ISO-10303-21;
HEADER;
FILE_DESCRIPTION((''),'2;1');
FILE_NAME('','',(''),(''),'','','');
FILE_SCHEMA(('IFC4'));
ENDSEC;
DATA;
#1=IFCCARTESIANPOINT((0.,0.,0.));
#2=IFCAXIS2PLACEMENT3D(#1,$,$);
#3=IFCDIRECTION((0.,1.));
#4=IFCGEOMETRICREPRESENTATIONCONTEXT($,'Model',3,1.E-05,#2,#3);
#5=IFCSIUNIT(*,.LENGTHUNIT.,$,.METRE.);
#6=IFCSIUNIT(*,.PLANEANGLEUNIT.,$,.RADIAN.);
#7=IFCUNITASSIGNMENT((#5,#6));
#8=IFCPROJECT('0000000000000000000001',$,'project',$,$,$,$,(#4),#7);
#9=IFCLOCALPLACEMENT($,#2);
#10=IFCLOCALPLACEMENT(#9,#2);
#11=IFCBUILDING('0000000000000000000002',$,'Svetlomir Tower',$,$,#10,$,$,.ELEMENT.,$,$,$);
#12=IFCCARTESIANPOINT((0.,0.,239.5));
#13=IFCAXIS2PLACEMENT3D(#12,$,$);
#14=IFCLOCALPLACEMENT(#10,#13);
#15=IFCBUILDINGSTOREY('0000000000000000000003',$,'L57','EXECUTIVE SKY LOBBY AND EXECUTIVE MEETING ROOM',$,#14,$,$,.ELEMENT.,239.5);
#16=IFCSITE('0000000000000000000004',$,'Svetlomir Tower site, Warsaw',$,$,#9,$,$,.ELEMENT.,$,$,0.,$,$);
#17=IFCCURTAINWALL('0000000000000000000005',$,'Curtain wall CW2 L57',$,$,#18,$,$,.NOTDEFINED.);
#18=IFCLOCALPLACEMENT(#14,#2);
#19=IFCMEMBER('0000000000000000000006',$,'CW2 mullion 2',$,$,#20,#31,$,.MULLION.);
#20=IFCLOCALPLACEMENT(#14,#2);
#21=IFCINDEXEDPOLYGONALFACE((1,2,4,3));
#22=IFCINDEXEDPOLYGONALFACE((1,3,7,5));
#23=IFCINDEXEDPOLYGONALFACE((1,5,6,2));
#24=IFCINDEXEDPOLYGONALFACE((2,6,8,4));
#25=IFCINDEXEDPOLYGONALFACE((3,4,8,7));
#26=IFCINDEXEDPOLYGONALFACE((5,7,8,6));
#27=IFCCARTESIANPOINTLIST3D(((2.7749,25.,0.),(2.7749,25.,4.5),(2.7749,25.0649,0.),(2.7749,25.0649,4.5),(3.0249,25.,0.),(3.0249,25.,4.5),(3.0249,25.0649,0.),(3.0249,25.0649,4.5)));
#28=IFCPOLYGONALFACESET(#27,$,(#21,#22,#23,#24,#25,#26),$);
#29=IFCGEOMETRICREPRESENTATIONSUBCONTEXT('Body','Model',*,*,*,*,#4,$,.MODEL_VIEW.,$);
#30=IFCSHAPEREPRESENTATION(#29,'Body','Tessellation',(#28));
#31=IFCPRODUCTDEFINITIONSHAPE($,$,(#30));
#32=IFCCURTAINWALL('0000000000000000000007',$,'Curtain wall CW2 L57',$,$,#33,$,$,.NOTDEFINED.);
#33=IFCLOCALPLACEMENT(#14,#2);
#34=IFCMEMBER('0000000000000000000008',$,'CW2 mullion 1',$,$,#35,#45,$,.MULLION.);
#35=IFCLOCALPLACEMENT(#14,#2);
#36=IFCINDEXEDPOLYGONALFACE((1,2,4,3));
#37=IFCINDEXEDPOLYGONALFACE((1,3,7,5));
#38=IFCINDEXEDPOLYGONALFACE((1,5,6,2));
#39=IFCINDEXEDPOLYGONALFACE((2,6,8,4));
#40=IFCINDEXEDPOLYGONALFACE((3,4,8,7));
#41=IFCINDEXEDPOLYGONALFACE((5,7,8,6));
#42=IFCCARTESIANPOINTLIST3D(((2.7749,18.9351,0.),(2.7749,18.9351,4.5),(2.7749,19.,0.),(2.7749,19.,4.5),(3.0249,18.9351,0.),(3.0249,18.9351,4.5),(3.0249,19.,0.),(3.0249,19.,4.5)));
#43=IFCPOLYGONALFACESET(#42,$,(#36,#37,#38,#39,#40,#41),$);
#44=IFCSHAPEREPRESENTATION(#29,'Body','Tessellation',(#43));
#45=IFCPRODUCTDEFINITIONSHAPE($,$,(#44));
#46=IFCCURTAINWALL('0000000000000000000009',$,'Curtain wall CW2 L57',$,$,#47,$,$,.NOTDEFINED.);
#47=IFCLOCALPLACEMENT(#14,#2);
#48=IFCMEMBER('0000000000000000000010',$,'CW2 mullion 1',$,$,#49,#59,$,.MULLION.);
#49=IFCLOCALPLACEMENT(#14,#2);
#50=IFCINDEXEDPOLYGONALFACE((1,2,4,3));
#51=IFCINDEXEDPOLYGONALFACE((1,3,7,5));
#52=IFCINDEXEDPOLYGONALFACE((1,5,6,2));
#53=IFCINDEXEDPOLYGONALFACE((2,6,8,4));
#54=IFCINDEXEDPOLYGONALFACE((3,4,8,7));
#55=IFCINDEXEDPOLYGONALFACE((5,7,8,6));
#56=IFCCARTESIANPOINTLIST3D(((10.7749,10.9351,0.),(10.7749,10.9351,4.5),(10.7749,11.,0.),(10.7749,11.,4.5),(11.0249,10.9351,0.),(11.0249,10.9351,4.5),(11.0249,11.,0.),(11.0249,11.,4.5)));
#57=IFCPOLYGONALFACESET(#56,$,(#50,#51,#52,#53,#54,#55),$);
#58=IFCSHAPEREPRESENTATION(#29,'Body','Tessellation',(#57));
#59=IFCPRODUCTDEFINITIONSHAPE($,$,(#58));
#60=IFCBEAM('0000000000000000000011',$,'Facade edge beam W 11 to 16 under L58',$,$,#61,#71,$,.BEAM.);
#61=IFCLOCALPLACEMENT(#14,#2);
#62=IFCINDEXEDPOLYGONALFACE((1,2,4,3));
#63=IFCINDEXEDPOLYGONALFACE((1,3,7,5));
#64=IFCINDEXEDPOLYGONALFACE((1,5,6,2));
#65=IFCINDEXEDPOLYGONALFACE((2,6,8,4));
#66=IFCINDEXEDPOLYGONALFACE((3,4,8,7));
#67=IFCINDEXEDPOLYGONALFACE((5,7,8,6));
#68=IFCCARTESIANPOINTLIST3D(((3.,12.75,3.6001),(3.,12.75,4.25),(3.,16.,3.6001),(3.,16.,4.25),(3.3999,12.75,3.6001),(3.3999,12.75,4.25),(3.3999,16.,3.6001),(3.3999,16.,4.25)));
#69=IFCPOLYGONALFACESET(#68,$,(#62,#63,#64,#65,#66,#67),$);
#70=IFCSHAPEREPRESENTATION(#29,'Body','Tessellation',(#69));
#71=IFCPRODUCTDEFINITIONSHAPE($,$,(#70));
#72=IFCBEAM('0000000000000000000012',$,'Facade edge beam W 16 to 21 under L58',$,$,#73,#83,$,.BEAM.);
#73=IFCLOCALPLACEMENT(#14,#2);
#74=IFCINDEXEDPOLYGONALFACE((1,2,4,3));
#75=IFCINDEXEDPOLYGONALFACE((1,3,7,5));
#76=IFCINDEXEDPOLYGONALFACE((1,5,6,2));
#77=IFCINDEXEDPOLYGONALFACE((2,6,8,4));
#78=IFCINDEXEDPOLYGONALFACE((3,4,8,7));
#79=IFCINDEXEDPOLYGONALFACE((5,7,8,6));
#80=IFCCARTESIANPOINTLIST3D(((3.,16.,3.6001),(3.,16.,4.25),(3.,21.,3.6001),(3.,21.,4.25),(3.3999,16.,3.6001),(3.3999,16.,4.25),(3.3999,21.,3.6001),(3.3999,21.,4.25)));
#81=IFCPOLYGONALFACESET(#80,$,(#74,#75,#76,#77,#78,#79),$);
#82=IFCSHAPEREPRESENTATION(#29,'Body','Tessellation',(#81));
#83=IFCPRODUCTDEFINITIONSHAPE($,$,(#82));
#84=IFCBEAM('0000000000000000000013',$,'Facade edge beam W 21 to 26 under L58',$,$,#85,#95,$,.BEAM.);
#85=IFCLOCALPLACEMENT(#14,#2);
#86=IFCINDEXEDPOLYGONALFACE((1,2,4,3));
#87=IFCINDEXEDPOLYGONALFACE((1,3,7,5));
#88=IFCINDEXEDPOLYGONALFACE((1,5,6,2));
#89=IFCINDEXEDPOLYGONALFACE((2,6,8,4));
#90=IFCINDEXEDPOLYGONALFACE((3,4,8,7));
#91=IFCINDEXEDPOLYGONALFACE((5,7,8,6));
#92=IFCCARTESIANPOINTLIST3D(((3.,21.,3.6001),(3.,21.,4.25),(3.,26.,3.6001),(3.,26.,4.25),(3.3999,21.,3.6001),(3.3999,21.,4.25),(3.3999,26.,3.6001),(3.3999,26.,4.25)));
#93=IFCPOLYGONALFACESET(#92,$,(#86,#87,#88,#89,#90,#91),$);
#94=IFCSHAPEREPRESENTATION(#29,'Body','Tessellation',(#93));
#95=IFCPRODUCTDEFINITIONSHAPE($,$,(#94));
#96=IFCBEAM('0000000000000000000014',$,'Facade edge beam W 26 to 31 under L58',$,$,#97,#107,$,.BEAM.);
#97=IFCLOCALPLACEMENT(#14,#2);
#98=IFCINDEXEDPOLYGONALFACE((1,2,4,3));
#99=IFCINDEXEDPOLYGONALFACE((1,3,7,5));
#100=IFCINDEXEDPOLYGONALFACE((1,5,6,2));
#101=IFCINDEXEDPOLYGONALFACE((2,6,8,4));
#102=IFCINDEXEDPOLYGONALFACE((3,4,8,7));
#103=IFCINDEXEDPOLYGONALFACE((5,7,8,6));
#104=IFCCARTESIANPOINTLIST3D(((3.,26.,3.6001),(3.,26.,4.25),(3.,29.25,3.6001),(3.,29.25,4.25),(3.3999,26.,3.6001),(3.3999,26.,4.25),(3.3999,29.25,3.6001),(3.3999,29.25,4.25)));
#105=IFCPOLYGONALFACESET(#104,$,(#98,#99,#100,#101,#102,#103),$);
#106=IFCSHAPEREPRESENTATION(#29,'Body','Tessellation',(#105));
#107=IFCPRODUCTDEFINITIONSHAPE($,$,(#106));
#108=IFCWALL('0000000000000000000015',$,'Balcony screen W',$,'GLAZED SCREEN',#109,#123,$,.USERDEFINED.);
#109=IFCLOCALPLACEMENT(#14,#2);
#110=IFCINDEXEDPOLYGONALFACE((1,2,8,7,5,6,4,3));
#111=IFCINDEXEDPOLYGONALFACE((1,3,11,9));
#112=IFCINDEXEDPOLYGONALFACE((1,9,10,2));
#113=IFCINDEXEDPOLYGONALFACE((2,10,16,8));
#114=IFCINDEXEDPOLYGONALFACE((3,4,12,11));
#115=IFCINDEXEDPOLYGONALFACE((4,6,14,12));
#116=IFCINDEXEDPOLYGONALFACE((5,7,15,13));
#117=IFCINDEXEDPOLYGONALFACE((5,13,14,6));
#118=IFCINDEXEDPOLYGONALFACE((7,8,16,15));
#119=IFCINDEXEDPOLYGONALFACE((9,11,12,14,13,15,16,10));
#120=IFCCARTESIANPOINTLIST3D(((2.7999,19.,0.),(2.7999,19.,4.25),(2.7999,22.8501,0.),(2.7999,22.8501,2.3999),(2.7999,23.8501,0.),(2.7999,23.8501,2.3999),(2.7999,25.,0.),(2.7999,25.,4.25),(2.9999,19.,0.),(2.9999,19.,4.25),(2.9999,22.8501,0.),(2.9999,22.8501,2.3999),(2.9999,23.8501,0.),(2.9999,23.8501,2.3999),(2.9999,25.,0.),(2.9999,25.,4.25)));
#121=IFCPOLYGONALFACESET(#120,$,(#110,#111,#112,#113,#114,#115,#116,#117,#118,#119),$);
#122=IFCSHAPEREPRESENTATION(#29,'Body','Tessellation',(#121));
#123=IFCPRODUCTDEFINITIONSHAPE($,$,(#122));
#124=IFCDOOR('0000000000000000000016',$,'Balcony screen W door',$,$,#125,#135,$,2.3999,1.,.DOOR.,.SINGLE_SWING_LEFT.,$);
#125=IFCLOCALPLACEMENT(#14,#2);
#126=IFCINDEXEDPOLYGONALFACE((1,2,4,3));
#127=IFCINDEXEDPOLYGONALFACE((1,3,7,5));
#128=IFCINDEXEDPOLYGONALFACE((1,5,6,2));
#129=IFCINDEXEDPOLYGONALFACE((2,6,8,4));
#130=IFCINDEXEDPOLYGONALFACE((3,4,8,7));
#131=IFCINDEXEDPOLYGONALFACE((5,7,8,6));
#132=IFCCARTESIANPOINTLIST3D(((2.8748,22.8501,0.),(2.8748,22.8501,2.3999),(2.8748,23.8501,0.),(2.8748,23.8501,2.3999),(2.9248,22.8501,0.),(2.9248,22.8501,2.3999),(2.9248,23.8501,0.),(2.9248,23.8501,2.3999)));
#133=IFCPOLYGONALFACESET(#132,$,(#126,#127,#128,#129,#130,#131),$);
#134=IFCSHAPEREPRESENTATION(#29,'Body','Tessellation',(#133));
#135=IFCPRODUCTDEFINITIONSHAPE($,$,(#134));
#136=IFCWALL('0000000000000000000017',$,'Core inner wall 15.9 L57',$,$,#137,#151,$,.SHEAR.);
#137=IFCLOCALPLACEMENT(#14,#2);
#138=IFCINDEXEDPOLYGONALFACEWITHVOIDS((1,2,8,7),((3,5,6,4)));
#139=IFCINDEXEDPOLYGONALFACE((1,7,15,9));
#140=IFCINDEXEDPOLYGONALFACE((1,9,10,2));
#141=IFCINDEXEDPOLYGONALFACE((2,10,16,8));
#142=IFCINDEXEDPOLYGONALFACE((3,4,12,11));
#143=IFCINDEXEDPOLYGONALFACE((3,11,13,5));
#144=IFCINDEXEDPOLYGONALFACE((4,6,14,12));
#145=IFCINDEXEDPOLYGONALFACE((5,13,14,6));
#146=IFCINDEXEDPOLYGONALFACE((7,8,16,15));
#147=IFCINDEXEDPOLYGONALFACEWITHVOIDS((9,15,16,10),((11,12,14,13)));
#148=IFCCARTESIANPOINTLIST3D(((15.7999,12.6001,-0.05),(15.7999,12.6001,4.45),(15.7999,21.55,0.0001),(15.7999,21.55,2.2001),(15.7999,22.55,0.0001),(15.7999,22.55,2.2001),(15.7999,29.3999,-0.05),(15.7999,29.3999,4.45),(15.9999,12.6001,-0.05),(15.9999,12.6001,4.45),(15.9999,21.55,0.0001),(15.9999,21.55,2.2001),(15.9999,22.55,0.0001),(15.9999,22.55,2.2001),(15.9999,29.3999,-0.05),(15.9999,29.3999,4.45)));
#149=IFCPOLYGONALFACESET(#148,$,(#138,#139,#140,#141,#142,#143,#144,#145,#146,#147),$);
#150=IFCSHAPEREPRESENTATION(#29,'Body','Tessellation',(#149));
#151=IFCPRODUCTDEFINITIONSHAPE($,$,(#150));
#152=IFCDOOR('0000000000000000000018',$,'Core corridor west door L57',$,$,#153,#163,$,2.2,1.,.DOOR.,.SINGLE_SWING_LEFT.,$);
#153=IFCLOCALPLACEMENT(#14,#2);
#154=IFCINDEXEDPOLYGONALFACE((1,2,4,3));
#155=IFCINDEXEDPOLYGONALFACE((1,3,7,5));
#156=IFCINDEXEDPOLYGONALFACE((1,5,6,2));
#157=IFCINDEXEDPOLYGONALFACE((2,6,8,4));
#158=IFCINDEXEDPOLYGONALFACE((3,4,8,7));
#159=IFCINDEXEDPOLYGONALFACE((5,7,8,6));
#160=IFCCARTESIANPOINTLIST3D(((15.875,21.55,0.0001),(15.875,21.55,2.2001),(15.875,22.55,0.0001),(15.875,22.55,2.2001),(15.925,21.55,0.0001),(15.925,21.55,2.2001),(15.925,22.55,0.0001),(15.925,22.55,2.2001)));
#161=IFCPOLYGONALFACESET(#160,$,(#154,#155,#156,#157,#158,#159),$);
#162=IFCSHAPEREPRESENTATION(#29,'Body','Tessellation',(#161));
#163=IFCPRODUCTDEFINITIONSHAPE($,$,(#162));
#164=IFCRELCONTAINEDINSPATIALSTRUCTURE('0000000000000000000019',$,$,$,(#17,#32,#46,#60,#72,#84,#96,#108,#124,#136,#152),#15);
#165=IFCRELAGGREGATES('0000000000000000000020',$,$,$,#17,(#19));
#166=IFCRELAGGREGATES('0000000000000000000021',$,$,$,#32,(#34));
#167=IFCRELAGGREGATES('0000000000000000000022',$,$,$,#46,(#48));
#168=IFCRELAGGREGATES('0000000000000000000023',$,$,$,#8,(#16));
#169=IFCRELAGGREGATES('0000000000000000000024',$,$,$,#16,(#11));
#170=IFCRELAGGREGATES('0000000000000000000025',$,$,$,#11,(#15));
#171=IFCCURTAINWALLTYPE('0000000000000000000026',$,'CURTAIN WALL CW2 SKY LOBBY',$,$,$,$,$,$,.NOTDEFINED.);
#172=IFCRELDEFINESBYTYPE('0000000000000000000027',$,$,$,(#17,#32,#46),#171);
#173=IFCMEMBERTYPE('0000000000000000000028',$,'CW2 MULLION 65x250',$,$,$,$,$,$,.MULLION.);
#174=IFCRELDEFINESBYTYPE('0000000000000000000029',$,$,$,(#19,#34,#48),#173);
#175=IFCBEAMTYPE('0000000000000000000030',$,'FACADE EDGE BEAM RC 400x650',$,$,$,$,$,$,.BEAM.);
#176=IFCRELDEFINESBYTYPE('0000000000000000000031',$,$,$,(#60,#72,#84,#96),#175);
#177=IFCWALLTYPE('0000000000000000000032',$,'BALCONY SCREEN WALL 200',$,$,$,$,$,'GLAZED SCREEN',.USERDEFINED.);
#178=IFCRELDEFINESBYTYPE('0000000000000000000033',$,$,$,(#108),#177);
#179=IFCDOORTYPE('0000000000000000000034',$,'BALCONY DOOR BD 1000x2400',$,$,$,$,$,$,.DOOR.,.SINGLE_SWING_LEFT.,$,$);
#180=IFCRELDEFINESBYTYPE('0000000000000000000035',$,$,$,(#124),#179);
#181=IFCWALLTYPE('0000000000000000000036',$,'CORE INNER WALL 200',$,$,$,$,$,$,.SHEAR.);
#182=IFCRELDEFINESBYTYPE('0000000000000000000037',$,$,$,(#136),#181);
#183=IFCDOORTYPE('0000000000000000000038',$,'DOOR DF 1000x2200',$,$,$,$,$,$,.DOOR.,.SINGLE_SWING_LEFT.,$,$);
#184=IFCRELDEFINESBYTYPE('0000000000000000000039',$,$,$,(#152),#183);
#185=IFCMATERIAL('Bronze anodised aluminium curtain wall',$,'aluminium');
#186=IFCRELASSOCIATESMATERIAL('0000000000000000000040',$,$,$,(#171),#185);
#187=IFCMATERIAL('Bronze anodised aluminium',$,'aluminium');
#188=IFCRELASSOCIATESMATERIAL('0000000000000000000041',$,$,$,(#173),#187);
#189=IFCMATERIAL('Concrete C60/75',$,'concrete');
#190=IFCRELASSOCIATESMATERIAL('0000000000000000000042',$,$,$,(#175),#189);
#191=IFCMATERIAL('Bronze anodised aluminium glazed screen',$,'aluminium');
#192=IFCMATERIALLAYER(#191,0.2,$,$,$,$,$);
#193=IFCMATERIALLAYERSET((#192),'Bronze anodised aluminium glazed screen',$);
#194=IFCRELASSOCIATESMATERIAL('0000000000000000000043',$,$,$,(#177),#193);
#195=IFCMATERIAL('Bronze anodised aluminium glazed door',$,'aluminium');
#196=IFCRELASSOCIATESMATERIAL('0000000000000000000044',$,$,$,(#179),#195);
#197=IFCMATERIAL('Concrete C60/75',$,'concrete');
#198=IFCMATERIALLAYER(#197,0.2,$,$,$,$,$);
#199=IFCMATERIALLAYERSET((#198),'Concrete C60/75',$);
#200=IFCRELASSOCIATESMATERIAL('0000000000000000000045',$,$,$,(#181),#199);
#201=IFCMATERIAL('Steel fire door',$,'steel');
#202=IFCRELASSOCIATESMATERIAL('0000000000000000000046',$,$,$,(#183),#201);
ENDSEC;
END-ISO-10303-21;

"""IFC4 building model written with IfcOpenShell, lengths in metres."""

from ifc_helpers import new_model, si_unit, direction, frame, frame_2d, origin, origin_2d, place, context, subcontext, project, spatial, rectangle, extrude, material, layer, layer_set, material_profile, profile_set, type_object, element, fill, aggregate, save


model = new_model("IFC4")

# Units and contexts
model_context = context("Model", 3, precision=1e-05, world=origin(), true_north=direction((0.0, 1.0)))
body_context = subcontext(model_context, "Body", "Model", "MODEL_VIEW")
ifc_project = project(units=[si_unit("LENGTHUNIT", "METRE"), si_unit("PLANEANGLEUNIT", "RADIAN")], contexts=[model_context])

# Site, building, storey
site_placement = place(None, origin())
site = spatial("IfcSite", under=ifc_project, at=site_placement, Name="Svetlomir Tower site, Warsaw", CompositionType="ELEMENT", RefElevation=0.0)
building_placement = place(site_placement, origin())
building = spatial("IfcBuilding", under=site, at=building_placement, Name="Svetlomir Tower", CompositionType="ELEMENT")
storey_placement = place(building_placement, frame((0.0, 0.0, 239.5)))
storey = spatial("IfcBuildingStorey", under=building, at=storey_placement, Name="L57", Description="EXECUTIVE SKY LOBBY AND EXECUTIVE MEETING ROOM", CompositionType="ELEMENT", Elevation=239.5)

# Curtain walls, members
ifc_material_1 = material(Name="Bronze anodised aluminium curtain wall", Category="aluminium")
curtain_wall_type = type_object("IfcCurtainWallType", Name="CURTAIN WALL CW2 SKY LOBBY", PredefinedType="NOTDEFINED", material=ifc_material_1)
curtain_wall_1_placement = place(storey_placement, origin())
curtain_wall_1 = element("IfcCurtainWall", 1, at=curtain_wall_1_placement, inside=storey, type_object=curtain_wall_type, Name="Curtain wall CW2 L57", PredefinedType="NOTDEFINED")
ifc_material_2 = material(Name="Bronze anodised aluminium", Category="aluminium")
ifc_material_profile_1 = material_profile(ifc_material_2, rectangle(XDim=0.0649, YDim=0.25, at=origin_2d()), Name="AL 65x250")
ifc_profile_set_1 = profile_set([ifc_material_profile_1], Name="Bronze anodised aluminium 6063-T6")
member_type = type_object("IfcMemberType", Name="CW2 MULLION 65x250", PredefinedType="MULLION", material=ifc_profile_set_1)
member_1_placement = place(storey_placement, frame((2.8999, 25.0325, 0.0), z_axis=(0.0, 0.0, 1.0), x_axis=(0.0, -1.0, 0.0)))
member_1 = element("IfcMember", 2, at=member_1_placement, type_object=member_type, Name="CW2 mullion 2", PredefinedType="MULLION", context=body_context, shape_type="SweptSolid", body=[
    extrude(rectangle(XDim=0.0649, YDim=0.25, at=origin_2d()), origin(), (0.0, 0.0, 1.0), 4.5),
])
aggregate(curtain_wall_1, [member_1])
curtain_wall_2_placement = place(storey_placement, origin())
curtain_wall_2 = element("IfcCurtainWall", 3, at=curtain_wall_2_placement, inside=storey, type_object=curtain_wall_type, Name="Curtain wall CW2 L57", PredefinedType="NOTDEFINED")
member_2_placement = place(storey_placement, frame((2.8999, 18.9675, 0.0), z_axis=(0.0, 0.0, 1.0), x_axis=(0.0, -1.0, 0.0)))
member_2 = element("IfcMember", 4, at=member_2_placement, type_object=member_type, Name="CW2 mullion 1", PredefinedType="MULLION", context=body_context, shape_type="SweptSolid", body=[
    extrude(rectangle(XDim=0.0649, YDim=0.25, at=origin_2d()), origin(), (0.0, 0.0, 1.0), 4.5),
])
aggregate(curtain_wall_2, [member_2])
curtain_wall_3_placement = place(storey_placement, origin())
curtain_wall_3 = element("IfcCurtainWall", 5, at=curtain_wall_3_placement, inside=storey, type_object=curtain_wall_type, Name="Curtain wall CW2 L57", PredefinedType="NOTDEFINED")
member_3_placement = place(storey_placement, frame((10.8999, 10.9675, 0.0), z_axis=(0.0, 0.0, 1.0), x_axis=(0.0, -1.0, 0.0)))
member_3 = element("IfcMember", 6, at=member_3_placement, type_object=member_type, Name="CW2 mullion 1", PredefinedType="MULLION", context=body_context, shape_type="SweptSolid", body=[
    extrude(rectangle(XDim=0.0649, YDim=0.25, at=origin_2d()), origin(), (0.0, 0.0, 1.0), 4.5),
])
aggregate(curtain_wall_3, [member_3])

# Beams
ifc_material_3 = material(Name="Concrete C60/75", Category="concrete")
ifc_material_profile_2 = material_profile(ifc_material_3, rectangle(XDim=0.3999, YDim=0.6499, at=origin_2d()), Name="RC 400x650")
ifc_profile_set_2 = profile_set([ifc_material_profile_2], Name="Concrete C60/75")
beam_type = type_object("IfcBeamType", Name="FACADE EDGE BEAM RC 400x650", PredefinedType="BEAM", material=ifc_profile_set_2)
beam_1_placement = place(storey_placement, frame((3.2, 12.75, 3.925), z_axis=(0.0, 1.0, 0.0), x_axis=(-1.0, 0.0, 0.0)))
element("IfcBeam", 7, at=beam_1_placement, inside=storey, type_object=beam_type, Name="Facade edge beam W 11 to 16 under L58", PredefinedType="BEAM", context=body_context, shape_type="SweptSolid", body=[
    extrude(rectangle(XDim=0.3999, YDim=0.6499, at=origin_2d()), origin(), (0.0, 0.0, 1.0), 3.25),
])
for number, where, z_axis, x_axis, name in (
    (8, (3.2, 16.0, 3.925), (0.0, 1.0, 0.0), (-1.0, 0.0, 0.0), "Facade edge beam W 16 to 21 under L58"),
    (9, (3.2, 21.0, 3.925), (0.0, 1.0, 0.0), (-1.0, 0.0, 0.0), "Facade edge beam W 21 to 26 under L58"),
):
    element("IfcBeam", number, at=place(storey_placement, frame(where, z_axis=z_axis, x_axis=x_axis)), inside=storey, type_object=beam_type, Name=name, PredefinedType="BEAM", context=body_context, shape_type="SweptSolid", body=[
        extrude(rectangle(XDim=0.3999, YDim=0.6499, at=origin_2d()), origin(), (0.0, 0.0, 1.0), 5.0),
    ])
beam_2_placement = place(storey_placement, frame((3.2, 26.0, 3.925), z_axis=(0.0, 1.0, 0.0), x_axis=(-1.0, 0.0, 0.0)))
element("IfcBeam", 10, at=beam_2_placement, inside=storey, type_object=beam_type, Name="Facade edge beam W 26 to 31 under L58", PredefinedType="BEAM", context=body_context, shape_type="SweptSolid", body=[
    extrude(rectangle(XDim=0.3999, YDim=0.6499, at=origin_2d()), origin(), (0.0, 0.0, 1.0), 3.25),
])

# Walls, openings, doors
ifc_material_4 = material(Name="Bronze anodised aluminium glazed screen", Category="aluminium")
ifc_layer_1 = layer(ifc_material_4, 0.2)
ifc_layer_set_1 = layer_set([ifc_layer_1], Name="Bronze anodised aluminium glazed screen")
wall_type_1 = type_object("IfcWallType", Name="BALCONY SCREEN WALL 200", ElementType="GLAZED SCREEN", PredefinedType="USERDEFINED", material=ifc_layer_set_1)
wall_1_placement = place(storey_placement, frame((2.8999, 25.0, 0.0), z_axis=(0.0, 0.0, 1.0), x_axis=(0.0, -1.0, 0.0)))
wall_1 = element("IfcWall", 11, at=wall_1_placement, inside=storey, type_object=wall_type_1, Name="Balcony screen W", ObjectType="GLAZED SCREEN", PredefinedType="USERDEFINED", context=body_context, shape_type="SweptSolid", body=[
    extrude(rectangle(XDim=6.0, YDim=0.2, at=frame_2d((3.0, 0.0))), origin(), (0.0, 0.0, 1.0), 4.25),
])
opening_1_placement = place(wall_1_placement, frame((1.1499, 0.0, 0.0)))
opening_1 = element("IfcOpeningElement", 12, at=opening_1_placement, cuts=wall_1, PredefinedType="OPENING", context=body_context, shape_type="SweptSolid", body=[
    extrude(rectangle(XDim=1.0, YDim=2.3999, at=frame_2d((0.5, 1.2))), frame((0.0, 0.1099, 0.0), z_axis=(0.0, -1.0, 0.0), x_axis=(1.0, 0.0, 0.0)), (0.0, 0.0, 1.0), 0.22),
])
ifc_material_5 = material(Name="Bronze anodised aluminium glazed door", Category="aluminium")
door_type_1 = type_object("IfcDoorType", Name="BALCONY DOOR BD 1000x2400", OperationType="SINGLE_SWING_LEFT", PredefinedType="DOOR", material=ifc_material_5)
door_1_placement = place(opening_1_placement, origin())
door_1 = element("IfcDoor", 13, at=door_1_placement, inside=storey, type_object=door_type_1, Name="Balcony screen W door", OperationType="SINGLE_SWING_LEFT", OverallHeight=2.3999, OverallWidth=1.0, PredefinedType="DOOR", context=body_context, shape_type="SweptSolid", body=[
    extrude(rectangle(XDim=1.0, YDim=2.3999, at=frame_2d((0.5, 1.2))), frame((0.0, 0.0249, 0.0), z_axis=(0.0, -1.0, 0.0), x_axis=(1.0, 0.0, 0.0)), (0.0, 0.0, 1.0), 0.05),
])
fill(opening_1, door_1)
ifc_material_6 = material(Name="Concrete C60/75", Category="concrete")
ifc_layer_2 = layer(ifc_material_6, 0.2)
ifc_layer_set_2 = layer_set([ifc_layer_2], Name="Concrete C60/75")
wall_type_2 = type_object("IfcWallType", Name="CORE INNER WALL 200", PredefinedType="SHEAR", material=ifc_layer_set_2)
wall_2_placement = place(storey_placement, frame((15.8999, 12.6001, -0.05), z_axis=(0.0, 0.0, 1.0), x_axis=(0.0, 1.0, 0.0)))
wall_2 = element("IfcWall", 14, at=wall_2_placement, inside=storey, type_object=wall_type_2, Name="Core inner wall 15.9 L57", PredefinedType="SHEAR", context=body_context, shape_type="SweptSolid", body=[
    extrude(rectangle(XDim=16.7998, YDim=0.2, at=frame_2d((8.3999, 0.0))), origin(), (0.0, 0.0, 1.0), 4.5),
])
opening_2_placement = place(wall_2_placement, frame((8.95, 0.0, 0.05)))
opening_2 = element("IfcOpeningElement", 15, at=opening_2_placement, cuts=wall_2, PredefinedType="OPENING", context=body_context, shape_type="SweptSolid", body=[
    extrude(rectangle(XDim=1.0, YDim=2.2, at=frame_2d((0.5, 1.1001))), frame((0.0, 0.1099, 0.0), z_axis=(0.0, -1.0, 0.0), x_axis=(1.0, 0.0, 0.0)), (0.0, 0.0, 1.0), 0.22),
])
ifc_material_7 = material(Name="Steel fire door", Category="steel")
door_type_2 = type_object("IfcDoorType", Name="DOOR DF 1000x2200", OperationType="SINGLE_SWING_LEFT", PredefinedType="DOOR", material=ifc_material_7)
door_2_placement = place(opening_2_placement, origin())
door_2 = element("IfcDoor", 16, at=door_2_placement, inside=storey, type_object=door_type_2, Name="Core corridor west door L57", OperationType="SINGLE_SWING_LEFT", OverallHeight=2.2, OverallWidth=1.0, PredefinedType="DOOR", context=body_context, shape_type="SweptSolid", body=[
    extrude(rectangle(XDim=1.0, YDim=2.2, at=frame_2d((0.5, 1.1001))), frame((0.0, 0.0249, 0.0), z_axis=(0.0, -1.0, 0.0), x_axis=(1.0, 0.0, 0.0)), (0.0, 0.0, 1.0), 0.05),
])
fill(opening_2, door_2)

save(model, "model.ifc")
